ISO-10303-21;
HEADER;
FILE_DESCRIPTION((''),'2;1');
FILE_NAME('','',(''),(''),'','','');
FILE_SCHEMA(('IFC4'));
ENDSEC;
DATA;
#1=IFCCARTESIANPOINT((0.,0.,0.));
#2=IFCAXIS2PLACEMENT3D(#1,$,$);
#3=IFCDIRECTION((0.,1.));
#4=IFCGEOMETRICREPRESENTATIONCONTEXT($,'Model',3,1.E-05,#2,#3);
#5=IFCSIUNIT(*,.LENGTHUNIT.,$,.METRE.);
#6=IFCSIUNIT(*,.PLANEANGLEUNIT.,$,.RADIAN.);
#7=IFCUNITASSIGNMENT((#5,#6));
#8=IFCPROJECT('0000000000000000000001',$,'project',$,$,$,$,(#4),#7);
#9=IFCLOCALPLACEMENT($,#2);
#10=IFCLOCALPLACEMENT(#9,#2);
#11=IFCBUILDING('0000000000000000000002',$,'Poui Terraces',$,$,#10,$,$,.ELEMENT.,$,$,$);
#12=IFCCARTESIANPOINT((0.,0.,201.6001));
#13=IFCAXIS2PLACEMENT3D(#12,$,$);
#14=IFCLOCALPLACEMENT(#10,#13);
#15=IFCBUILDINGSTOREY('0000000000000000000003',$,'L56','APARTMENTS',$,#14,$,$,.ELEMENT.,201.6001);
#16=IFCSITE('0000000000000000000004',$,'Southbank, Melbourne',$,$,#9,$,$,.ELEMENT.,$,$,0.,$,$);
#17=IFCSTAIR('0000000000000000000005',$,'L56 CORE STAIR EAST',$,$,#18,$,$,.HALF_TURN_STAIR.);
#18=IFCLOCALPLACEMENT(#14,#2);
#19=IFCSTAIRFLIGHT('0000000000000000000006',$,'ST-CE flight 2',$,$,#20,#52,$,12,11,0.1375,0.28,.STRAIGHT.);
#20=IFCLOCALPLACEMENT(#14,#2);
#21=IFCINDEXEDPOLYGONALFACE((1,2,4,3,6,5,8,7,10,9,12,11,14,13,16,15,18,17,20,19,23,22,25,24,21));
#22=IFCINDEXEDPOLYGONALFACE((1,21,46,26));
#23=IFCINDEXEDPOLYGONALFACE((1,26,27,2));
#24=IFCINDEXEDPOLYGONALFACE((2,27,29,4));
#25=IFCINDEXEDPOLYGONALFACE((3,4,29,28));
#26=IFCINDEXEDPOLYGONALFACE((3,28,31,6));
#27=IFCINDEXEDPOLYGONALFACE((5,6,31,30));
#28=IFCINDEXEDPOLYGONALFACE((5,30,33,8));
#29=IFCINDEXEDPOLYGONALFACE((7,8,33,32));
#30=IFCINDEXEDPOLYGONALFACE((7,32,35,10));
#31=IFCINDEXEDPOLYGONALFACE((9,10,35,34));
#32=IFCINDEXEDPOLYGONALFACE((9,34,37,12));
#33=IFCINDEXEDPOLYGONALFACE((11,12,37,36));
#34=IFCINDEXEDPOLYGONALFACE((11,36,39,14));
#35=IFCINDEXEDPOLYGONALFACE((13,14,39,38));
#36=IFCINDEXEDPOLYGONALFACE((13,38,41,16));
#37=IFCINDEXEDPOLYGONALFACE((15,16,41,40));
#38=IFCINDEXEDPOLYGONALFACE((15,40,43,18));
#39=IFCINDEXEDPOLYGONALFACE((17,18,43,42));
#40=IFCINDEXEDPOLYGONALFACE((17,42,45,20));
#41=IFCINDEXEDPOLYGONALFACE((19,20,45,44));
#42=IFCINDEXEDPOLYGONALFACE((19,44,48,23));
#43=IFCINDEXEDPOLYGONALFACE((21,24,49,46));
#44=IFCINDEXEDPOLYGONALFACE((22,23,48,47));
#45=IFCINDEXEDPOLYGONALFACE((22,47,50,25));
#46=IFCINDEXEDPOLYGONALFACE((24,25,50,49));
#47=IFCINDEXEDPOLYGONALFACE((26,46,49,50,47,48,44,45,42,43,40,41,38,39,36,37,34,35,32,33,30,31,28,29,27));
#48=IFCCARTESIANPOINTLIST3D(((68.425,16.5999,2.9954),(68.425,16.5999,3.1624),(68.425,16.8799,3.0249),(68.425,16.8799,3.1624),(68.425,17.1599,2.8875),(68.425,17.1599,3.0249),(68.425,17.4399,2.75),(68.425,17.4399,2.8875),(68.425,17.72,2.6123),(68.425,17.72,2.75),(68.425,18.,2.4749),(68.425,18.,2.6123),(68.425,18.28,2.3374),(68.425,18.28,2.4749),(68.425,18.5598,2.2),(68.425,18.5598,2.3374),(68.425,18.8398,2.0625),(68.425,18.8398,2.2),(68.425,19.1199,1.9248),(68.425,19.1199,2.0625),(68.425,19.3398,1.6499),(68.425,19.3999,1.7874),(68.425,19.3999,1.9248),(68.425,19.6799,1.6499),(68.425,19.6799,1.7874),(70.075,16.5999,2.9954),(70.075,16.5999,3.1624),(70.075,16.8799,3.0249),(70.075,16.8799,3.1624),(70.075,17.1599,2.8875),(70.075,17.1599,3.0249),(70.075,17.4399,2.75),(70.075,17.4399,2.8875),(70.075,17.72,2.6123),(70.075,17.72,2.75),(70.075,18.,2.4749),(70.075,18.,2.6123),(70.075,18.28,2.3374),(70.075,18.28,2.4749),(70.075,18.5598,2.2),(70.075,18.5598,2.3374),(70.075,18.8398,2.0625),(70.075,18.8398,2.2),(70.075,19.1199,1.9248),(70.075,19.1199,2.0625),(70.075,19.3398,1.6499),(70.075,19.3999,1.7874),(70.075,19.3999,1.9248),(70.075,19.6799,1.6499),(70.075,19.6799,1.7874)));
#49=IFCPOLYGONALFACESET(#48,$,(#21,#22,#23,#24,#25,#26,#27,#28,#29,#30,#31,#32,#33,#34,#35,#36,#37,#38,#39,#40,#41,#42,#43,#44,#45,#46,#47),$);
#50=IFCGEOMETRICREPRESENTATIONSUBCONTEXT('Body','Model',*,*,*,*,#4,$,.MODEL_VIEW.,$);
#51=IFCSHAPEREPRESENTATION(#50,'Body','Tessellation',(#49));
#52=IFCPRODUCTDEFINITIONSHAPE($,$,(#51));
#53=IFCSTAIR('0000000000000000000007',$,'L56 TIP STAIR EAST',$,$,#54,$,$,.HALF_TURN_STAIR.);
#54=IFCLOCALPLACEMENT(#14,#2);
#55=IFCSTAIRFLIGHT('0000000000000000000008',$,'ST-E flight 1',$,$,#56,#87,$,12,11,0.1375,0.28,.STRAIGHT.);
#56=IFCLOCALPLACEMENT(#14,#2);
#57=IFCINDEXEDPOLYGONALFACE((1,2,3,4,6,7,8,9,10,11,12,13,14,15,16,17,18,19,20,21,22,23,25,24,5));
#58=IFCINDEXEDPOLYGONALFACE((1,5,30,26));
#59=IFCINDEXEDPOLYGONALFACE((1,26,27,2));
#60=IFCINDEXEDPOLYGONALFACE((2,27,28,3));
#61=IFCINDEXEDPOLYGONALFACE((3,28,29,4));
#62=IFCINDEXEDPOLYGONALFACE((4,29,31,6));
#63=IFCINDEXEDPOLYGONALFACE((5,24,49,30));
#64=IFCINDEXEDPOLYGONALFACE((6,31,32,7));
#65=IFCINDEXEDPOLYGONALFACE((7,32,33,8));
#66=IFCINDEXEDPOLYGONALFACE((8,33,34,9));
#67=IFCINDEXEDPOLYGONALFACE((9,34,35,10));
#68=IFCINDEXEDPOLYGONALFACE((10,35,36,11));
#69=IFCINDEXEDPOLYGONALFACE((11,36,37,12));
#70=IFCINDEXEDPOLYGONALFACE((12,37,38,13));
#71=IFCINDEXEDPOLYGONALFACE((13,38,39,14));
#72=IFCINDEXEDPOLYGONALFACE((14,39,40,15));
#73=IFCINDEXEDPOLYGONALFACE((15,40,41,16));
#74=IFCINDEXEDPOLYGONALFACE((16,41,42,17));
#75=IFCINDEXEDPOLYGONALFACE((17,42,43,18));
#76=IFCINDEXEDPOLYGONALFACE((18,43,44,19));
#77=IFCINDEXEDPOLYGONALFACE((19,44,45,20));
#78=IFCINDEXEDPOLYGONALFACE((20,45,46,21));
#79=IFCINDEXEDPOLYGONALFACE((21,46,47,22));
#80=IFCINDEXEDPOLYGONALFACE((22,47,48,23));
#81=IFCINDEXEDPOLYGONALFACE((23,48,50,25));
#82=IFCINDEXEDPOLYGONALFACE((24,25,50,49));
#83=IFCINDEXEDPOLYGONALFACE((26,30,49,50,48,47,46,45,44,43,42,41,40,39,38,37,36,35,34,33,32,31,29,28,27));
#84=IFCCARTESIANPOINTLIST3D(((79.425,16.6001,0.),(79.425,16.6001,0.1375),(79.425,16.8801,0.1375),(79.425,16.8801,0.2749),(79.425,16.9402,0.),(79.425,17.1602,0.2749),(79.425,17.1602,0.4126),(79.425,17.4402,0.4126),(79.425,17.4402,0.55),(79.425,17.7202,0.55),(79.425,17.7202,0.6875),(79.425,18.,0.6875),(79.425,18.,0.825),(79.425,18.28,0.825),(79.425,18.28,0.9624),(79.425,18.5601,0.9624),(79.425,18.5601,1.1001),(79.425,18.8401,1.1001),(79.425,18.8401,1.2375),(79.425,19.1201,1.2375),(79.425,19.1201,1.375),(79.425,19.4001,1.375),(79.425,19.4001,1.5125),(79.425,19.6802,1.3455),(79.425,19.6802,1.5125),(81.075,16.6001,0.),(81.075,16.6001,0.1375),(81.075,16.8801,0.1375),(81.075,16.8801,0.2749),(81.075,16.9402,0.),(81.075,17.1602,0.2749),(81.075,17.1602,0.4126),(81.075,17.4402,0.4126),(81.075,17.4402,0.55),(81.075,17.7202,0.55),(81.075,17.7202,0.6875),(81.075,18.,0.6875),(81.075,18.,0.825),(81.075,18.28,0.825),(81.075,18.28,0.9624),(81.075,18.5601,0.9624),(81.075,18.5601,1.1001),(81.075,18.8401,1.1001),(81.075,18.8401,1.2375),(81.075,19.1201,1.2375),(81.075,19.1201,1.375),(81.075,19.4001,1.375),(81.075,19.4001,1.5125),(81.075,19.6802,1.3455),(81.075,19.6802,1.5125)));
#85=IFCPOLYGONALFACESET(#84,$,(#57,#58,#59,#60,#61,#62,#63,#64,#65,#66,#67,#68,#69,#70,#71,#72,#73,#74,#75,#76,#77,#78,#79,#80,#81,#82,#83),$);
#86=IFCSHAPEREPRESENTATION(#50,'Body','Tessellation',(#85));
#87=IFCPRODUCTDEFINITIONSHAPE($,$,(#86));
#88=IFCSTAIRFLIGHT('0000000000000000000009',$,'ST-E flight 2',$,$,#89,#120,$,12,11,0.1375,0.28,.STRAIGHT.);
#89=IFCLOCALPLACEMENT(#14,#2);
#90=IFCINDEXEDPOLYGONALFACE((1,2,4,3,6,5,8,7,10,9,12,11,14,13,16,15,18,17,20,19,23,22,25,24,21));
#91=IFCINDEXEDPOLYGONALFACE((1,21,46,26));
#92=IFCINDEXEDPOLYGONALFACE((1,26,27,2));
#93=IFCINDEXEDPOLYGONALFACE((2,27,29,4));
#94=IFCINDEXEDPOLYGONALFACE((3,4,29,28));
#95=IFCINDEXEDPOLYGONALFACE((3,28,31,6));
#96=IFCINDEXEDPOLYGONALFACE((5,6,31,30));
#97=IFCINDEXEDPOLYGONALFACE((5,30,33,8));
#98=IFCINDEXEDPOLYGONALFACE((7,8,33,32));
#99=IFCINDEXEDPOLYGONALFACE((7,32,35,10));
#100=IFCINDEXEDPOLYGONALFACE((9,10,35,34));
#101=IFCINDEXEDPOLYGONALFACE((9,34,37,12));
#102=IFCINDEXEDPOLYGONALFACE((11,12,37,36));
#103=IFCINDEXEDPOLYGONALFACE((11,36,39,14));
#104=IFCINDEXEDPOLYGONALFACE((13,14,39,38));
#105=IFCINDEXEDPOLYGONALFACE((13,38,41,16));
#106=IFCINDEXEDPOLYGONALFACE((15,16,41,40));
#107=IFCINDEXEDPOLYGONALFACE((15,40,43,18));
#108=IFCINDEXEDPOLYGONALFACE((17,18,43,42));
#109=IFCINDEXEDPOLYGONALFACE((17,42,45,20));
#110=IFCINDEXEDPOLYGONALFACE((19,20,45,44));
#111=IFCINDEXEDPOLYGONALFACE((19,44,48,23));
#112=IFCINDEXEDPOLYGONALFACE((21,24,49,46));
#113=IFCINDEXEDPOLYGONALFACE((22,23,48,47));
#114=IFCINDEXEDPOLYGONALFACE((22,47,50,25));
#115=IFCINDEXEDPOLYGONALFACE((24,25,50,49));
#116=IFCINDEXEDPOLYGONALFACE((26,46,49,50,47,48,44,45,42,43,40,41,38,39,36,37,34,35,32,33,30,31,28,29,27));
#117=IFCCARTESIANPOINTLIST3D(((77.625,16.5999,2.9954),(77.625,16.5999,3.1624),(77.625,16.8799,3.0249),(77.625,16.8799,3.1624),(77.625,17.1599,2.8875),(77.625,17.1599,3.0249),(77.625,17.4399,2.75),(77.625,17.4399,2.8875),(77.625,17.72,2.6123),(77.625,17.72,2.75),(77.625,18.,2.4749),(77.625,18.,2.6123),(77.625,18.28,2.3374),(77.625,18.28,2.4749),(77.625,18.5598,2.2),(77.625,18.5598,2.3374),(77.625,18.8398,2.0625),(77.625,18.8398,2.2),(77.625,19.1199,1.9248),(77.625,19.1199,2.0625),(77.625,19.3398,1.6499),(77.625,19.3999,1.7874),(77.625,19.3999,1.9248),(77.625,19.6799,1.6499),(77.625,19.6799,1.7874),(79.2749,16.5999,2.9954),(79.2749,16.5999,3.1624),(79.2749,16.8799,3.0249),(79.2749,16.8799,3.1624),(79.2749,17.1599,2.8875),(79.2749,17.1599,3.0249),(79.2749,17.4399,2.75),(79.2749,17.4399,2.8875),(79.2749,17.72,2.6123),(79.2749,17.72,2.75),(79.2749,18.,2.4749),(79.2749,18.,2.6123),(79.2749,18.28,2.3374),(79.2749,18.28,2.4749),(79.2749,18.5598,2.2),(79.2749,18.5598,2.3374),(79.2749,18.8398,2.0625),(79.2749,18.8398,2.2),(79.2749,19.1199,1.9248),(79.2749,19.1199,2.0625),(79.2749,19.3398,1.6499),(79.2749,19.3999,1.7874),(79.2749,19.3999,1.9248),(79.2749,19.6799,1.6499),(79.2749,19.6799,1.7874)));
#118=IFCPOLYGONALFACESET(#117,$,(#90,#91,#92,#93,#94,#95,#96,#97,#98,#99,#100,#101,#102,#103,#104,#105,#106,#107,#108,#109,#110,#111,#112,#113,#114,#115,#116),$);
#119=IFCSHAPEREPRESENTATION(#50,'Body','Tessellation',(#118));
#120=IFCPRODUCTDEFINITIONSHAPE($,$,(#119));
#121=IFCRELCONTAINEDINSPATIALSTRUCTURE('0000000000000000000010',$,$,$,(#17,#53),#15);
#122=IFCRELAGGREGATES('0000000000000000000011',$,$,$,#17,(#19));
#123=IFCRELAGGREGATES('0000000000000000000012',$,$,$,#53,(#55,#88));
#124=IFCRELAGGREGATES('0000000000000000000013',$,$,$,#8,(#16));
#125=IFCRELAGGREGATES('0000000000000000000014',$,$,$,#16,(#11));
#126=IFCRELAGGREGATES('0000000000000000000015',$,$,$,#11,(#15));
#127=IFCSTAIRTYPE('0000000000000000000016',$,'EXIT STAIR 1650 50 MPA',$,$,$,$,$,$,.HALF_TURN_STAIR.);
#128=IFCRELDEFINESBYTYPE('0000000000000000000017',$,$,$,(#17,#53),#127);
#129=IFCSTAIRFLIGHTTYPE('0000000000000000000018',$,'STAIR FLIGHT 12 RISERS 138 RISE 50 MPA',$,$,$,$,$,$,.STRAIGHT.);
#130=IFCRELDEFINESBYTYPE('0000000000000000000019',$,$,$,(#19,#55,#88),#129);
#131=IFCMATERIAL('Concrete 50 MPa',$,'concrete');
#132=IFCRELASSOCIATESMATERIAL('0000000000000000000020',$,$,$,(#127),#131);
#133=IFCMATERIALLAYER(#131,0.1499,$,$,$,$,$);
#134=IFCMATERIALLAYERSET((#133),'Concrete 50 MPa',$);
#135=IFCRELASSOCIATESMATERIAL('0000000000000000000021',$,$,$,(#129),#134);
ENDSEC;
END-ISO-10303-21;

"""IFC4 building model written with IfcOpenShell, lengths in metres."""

from ifc_helpers import new_model, si_unit, direction, frame, origin, place, context, subcontext, project, spatial, polyline, outline, extrude, material, layer, layer_set, type_object, element, aggregate, save


model = new_model("IFC4")

# Units and contexts
model_context = context("Model", 3, precision=1e-05, world=origin(), true_north=direction((0.0, 1.0)))
body_context = subcontext(model_context, "Body", "Model", "MODEL_VIEW")
ifc_project = project(units=[si_unit("LENGTHUNIT", "METRE"), si_unit("PLANEANGLEUNIT", "RADIAN")], contexts=[model_context])

# Site, building, storey
site_placement = place(None, origin())
site = spatial("IfcSite", under=ifc_project, at=site_placement, Name="Southbank, Melbourne", CompositionType="ELEMENT", RefElevation=0.0)
building_placement = place(site_placement, origin())
building = spatial("IfcBuilding", under=site, at=building_placement, Name="Poui Terraces", CompositionType="ELEMENT")
storey_placement = place(building_placement, frame((0.0, 0.0, 201.6001)))
storey = spatial("IfcBuildingStorey", under=building, at=storey_placement, Name="L56", Description="APARTMENTS", CompositionType="ELEMENT", Elevation=201.6001)

# Shared definitions
ifc_material_1 = material(Name="Concrete 50 MPa", Category="concrete")

# Stairs, stair flights
stair_type = type_object("IfcStairType", Name="EXIT STAIR 1650 50 MPA", PredefinedType="HALF_TURN_STAIR", material=ifc_material_1)
stair_1_placement = place(storey_placement, origin())
stair_1 = element("IfcStair", 1, at=stair_1_placement, inside=storey, type_object=stair_type, Name="L56 CORE STAIR EAST", PredefinedType="HALF_TURN_STAIR")
ifc_layer_1 = layer(ifc_material_1, 0.1499)
ifc_layer_set_1 = layer_set([ifc_layer_1], Name="Concrete 50 MPa")
stair_flight_type = type_object("IfcStairFlightType", Name="STAIR FLIGHT 12 RISERS 138 RISE 50 MPA", PredefinedType="STRAIGHT", material=ifc_layer_set_1)
stair_flight_1_placement = place(storey_placement, frame((69.25, 19.6799, 1.6499), z_axis=(0.0, 0.0, 1.0), x_axis=(0.0, -1.0, 0.0)))
stair_flight_1 = element("IfcStairFlight", 2, at=stair_flight_1_placement, type_object=stair_flight_type, Name="ST-CE flight 2", NumberOfRisers=12, NumberOfTreads=11, PredefinedType="STRAIGHT", RiserHeight=0.1375, TreadLength=0.28, context=body_context, shape_type="SweptSolid", body=[
    extrude(outline(polyline([(0.0, 0.0), (0.0, 0.1375), (0.28, 0.1375), (0.28, 0.2749), (0.5601, 0.2749), (0.5601, 0.4126), (0.8401, 0.4126), (0.8401, 0.55), (1.1201, 0.55), (1.1201, 0.6875), (1.3999, 0.6875), (1.3999, 0.825), (1.6799, 0.825), (1.6799, 0.9624), (1.96, 0.9624), (1.96, 1.1001), (2.24, 1.1001), (2.24, 1.2375), (2.52, 1.2375), (2.52, 1.375), (2.8, 1.375), (2.8, 1.5125), (3.0801, 1.5125), (3.0801, 1.6499), (3.0801, 1.3455), (0.3401, 0.0), (0.0, 0.0)])), frame((0.0, 0.825, 0.0), z_axis=(0.0, -1.0, 0.0), x_axis=(1.0, 0.0, 0.0)), (0.0, 0.0, 1.0), 1.6499),
])
aggregate(stair_1, [stair_flight_1])
stair_2_placement = place(storey_placement, origin())
stair_2 = element("IfcStair", 3, at=stair_2_placement, inside=storey, type_object=stair_type, Name="L56 TIP STAIR EAST", PredefinedType="HALF_TURN_STAIR")
stair_flight_2_placement = place(storey_placement, frame((80.25, 16.6001, 0.0), z_axis=(0.0, 0.0, 1.0), x_axis=(0.0, 1.0, 0.0)))
stair_flight_2 = element("IfcStairFlight", 4, at=stair_flight_2_placement, type_object=stair_flight_type, Name="ST-E flight 1", NumberOfRisers=12, NumberOfTreads=11, PredefinedType="STRAIGHT", RiserHeight=0.1375, TreadLength=0.28, context=body_context, shape_type="SweptSolid", body=[
    extrude(outline(polyline([(0.0, 0.0), (0.0, 0.1375), (0.28, 0.1375), (0.28, 0.2749), (0.5601, 0.2749), (0.5601, 0.4126), (0.8401, 0.4126), (0.8401, 0.55), (1.1201, 0.55), (1.1201, 0.6875), (1.3999, 0.6875), (1.3999, 0.825), (1.6799, 0.825), (1.6799, 0.9624), (1.96, 0.9624), (1.96, 1.1001), (2.24, 1.1001), (2.24, 1.2375), (2.52, 1.2375), (2.52, 1.375), (2.8, 1.375), (2.8, 1.5125), (3.0801, 1.5125), (3.0801, 1.6499), (3.0801, 1.3455), (0.3401, 0.0), (0.0, 0.0)])), frame((0.0, 0.825, 0.0), z_axis=(0.0, -1.0, 0.0), x_axis=(1.0, 0.0, 0.0)), (0.0, 0.0, 1.0), 1.6499),
])
stair_flight_3_placement = place(storey_placement, frame((78.45, 19.6799, 1.6499), z_axis=(0.0, 0.0, 1.0), x_axis=(0.0, -1.0, 0.0)))
stair_flight_3 = element("IfcStairFlight", 5, at=stair_flight_3_placement, type_object=stair_flight_type, Name="ST-E flight 2", NumberOfRisers=12, NumberOfTreads=11, PredefinedType="STRAIGHT", RiserHeight=0.1375, TreadLength=0.28, context=body_context, shape_type="SweptSolid", body=[
    extrude(outline(polyline([(0.0, 0.0), (0.0, 0.1375), (0.28, 0.1375), (0.28, 0.2749), (0.5601, 0.2749), (0.5601, 0.4126), (0.8401, 0.4126), (0.8401, 0.55), (1.1201, 0.55), (1.1201, 0.6875), (1.3999, 0.6875), (1.3999, 0.825), (1.6799, 0.825), (1.6799, 0.9624), (1.96, 0.9624), (1.96, 1.1001), (2.24, 1.1001), (2.24, 1.2375), (2.52, 1.2375), (2.52, 1.375), (2.8, 1.375), (2.8, 1.5125), (3.0801, 1.5125), (3.0801, 1.6499), (3.0801, 1.3455), (0.3401, 0.0), (0.0, 0.0)])), frame((0.0, 0.825, 0.0), z_axis=(0.0, -1.0, 0.0), x_axis=(1.0, 0.0, 0.0)), (0.0, 0.0, 1.0), 1.6499),
])
aggregate(stair_2, [stair_flight_2, stair_flight_3])

save(model, "model.ifc")
